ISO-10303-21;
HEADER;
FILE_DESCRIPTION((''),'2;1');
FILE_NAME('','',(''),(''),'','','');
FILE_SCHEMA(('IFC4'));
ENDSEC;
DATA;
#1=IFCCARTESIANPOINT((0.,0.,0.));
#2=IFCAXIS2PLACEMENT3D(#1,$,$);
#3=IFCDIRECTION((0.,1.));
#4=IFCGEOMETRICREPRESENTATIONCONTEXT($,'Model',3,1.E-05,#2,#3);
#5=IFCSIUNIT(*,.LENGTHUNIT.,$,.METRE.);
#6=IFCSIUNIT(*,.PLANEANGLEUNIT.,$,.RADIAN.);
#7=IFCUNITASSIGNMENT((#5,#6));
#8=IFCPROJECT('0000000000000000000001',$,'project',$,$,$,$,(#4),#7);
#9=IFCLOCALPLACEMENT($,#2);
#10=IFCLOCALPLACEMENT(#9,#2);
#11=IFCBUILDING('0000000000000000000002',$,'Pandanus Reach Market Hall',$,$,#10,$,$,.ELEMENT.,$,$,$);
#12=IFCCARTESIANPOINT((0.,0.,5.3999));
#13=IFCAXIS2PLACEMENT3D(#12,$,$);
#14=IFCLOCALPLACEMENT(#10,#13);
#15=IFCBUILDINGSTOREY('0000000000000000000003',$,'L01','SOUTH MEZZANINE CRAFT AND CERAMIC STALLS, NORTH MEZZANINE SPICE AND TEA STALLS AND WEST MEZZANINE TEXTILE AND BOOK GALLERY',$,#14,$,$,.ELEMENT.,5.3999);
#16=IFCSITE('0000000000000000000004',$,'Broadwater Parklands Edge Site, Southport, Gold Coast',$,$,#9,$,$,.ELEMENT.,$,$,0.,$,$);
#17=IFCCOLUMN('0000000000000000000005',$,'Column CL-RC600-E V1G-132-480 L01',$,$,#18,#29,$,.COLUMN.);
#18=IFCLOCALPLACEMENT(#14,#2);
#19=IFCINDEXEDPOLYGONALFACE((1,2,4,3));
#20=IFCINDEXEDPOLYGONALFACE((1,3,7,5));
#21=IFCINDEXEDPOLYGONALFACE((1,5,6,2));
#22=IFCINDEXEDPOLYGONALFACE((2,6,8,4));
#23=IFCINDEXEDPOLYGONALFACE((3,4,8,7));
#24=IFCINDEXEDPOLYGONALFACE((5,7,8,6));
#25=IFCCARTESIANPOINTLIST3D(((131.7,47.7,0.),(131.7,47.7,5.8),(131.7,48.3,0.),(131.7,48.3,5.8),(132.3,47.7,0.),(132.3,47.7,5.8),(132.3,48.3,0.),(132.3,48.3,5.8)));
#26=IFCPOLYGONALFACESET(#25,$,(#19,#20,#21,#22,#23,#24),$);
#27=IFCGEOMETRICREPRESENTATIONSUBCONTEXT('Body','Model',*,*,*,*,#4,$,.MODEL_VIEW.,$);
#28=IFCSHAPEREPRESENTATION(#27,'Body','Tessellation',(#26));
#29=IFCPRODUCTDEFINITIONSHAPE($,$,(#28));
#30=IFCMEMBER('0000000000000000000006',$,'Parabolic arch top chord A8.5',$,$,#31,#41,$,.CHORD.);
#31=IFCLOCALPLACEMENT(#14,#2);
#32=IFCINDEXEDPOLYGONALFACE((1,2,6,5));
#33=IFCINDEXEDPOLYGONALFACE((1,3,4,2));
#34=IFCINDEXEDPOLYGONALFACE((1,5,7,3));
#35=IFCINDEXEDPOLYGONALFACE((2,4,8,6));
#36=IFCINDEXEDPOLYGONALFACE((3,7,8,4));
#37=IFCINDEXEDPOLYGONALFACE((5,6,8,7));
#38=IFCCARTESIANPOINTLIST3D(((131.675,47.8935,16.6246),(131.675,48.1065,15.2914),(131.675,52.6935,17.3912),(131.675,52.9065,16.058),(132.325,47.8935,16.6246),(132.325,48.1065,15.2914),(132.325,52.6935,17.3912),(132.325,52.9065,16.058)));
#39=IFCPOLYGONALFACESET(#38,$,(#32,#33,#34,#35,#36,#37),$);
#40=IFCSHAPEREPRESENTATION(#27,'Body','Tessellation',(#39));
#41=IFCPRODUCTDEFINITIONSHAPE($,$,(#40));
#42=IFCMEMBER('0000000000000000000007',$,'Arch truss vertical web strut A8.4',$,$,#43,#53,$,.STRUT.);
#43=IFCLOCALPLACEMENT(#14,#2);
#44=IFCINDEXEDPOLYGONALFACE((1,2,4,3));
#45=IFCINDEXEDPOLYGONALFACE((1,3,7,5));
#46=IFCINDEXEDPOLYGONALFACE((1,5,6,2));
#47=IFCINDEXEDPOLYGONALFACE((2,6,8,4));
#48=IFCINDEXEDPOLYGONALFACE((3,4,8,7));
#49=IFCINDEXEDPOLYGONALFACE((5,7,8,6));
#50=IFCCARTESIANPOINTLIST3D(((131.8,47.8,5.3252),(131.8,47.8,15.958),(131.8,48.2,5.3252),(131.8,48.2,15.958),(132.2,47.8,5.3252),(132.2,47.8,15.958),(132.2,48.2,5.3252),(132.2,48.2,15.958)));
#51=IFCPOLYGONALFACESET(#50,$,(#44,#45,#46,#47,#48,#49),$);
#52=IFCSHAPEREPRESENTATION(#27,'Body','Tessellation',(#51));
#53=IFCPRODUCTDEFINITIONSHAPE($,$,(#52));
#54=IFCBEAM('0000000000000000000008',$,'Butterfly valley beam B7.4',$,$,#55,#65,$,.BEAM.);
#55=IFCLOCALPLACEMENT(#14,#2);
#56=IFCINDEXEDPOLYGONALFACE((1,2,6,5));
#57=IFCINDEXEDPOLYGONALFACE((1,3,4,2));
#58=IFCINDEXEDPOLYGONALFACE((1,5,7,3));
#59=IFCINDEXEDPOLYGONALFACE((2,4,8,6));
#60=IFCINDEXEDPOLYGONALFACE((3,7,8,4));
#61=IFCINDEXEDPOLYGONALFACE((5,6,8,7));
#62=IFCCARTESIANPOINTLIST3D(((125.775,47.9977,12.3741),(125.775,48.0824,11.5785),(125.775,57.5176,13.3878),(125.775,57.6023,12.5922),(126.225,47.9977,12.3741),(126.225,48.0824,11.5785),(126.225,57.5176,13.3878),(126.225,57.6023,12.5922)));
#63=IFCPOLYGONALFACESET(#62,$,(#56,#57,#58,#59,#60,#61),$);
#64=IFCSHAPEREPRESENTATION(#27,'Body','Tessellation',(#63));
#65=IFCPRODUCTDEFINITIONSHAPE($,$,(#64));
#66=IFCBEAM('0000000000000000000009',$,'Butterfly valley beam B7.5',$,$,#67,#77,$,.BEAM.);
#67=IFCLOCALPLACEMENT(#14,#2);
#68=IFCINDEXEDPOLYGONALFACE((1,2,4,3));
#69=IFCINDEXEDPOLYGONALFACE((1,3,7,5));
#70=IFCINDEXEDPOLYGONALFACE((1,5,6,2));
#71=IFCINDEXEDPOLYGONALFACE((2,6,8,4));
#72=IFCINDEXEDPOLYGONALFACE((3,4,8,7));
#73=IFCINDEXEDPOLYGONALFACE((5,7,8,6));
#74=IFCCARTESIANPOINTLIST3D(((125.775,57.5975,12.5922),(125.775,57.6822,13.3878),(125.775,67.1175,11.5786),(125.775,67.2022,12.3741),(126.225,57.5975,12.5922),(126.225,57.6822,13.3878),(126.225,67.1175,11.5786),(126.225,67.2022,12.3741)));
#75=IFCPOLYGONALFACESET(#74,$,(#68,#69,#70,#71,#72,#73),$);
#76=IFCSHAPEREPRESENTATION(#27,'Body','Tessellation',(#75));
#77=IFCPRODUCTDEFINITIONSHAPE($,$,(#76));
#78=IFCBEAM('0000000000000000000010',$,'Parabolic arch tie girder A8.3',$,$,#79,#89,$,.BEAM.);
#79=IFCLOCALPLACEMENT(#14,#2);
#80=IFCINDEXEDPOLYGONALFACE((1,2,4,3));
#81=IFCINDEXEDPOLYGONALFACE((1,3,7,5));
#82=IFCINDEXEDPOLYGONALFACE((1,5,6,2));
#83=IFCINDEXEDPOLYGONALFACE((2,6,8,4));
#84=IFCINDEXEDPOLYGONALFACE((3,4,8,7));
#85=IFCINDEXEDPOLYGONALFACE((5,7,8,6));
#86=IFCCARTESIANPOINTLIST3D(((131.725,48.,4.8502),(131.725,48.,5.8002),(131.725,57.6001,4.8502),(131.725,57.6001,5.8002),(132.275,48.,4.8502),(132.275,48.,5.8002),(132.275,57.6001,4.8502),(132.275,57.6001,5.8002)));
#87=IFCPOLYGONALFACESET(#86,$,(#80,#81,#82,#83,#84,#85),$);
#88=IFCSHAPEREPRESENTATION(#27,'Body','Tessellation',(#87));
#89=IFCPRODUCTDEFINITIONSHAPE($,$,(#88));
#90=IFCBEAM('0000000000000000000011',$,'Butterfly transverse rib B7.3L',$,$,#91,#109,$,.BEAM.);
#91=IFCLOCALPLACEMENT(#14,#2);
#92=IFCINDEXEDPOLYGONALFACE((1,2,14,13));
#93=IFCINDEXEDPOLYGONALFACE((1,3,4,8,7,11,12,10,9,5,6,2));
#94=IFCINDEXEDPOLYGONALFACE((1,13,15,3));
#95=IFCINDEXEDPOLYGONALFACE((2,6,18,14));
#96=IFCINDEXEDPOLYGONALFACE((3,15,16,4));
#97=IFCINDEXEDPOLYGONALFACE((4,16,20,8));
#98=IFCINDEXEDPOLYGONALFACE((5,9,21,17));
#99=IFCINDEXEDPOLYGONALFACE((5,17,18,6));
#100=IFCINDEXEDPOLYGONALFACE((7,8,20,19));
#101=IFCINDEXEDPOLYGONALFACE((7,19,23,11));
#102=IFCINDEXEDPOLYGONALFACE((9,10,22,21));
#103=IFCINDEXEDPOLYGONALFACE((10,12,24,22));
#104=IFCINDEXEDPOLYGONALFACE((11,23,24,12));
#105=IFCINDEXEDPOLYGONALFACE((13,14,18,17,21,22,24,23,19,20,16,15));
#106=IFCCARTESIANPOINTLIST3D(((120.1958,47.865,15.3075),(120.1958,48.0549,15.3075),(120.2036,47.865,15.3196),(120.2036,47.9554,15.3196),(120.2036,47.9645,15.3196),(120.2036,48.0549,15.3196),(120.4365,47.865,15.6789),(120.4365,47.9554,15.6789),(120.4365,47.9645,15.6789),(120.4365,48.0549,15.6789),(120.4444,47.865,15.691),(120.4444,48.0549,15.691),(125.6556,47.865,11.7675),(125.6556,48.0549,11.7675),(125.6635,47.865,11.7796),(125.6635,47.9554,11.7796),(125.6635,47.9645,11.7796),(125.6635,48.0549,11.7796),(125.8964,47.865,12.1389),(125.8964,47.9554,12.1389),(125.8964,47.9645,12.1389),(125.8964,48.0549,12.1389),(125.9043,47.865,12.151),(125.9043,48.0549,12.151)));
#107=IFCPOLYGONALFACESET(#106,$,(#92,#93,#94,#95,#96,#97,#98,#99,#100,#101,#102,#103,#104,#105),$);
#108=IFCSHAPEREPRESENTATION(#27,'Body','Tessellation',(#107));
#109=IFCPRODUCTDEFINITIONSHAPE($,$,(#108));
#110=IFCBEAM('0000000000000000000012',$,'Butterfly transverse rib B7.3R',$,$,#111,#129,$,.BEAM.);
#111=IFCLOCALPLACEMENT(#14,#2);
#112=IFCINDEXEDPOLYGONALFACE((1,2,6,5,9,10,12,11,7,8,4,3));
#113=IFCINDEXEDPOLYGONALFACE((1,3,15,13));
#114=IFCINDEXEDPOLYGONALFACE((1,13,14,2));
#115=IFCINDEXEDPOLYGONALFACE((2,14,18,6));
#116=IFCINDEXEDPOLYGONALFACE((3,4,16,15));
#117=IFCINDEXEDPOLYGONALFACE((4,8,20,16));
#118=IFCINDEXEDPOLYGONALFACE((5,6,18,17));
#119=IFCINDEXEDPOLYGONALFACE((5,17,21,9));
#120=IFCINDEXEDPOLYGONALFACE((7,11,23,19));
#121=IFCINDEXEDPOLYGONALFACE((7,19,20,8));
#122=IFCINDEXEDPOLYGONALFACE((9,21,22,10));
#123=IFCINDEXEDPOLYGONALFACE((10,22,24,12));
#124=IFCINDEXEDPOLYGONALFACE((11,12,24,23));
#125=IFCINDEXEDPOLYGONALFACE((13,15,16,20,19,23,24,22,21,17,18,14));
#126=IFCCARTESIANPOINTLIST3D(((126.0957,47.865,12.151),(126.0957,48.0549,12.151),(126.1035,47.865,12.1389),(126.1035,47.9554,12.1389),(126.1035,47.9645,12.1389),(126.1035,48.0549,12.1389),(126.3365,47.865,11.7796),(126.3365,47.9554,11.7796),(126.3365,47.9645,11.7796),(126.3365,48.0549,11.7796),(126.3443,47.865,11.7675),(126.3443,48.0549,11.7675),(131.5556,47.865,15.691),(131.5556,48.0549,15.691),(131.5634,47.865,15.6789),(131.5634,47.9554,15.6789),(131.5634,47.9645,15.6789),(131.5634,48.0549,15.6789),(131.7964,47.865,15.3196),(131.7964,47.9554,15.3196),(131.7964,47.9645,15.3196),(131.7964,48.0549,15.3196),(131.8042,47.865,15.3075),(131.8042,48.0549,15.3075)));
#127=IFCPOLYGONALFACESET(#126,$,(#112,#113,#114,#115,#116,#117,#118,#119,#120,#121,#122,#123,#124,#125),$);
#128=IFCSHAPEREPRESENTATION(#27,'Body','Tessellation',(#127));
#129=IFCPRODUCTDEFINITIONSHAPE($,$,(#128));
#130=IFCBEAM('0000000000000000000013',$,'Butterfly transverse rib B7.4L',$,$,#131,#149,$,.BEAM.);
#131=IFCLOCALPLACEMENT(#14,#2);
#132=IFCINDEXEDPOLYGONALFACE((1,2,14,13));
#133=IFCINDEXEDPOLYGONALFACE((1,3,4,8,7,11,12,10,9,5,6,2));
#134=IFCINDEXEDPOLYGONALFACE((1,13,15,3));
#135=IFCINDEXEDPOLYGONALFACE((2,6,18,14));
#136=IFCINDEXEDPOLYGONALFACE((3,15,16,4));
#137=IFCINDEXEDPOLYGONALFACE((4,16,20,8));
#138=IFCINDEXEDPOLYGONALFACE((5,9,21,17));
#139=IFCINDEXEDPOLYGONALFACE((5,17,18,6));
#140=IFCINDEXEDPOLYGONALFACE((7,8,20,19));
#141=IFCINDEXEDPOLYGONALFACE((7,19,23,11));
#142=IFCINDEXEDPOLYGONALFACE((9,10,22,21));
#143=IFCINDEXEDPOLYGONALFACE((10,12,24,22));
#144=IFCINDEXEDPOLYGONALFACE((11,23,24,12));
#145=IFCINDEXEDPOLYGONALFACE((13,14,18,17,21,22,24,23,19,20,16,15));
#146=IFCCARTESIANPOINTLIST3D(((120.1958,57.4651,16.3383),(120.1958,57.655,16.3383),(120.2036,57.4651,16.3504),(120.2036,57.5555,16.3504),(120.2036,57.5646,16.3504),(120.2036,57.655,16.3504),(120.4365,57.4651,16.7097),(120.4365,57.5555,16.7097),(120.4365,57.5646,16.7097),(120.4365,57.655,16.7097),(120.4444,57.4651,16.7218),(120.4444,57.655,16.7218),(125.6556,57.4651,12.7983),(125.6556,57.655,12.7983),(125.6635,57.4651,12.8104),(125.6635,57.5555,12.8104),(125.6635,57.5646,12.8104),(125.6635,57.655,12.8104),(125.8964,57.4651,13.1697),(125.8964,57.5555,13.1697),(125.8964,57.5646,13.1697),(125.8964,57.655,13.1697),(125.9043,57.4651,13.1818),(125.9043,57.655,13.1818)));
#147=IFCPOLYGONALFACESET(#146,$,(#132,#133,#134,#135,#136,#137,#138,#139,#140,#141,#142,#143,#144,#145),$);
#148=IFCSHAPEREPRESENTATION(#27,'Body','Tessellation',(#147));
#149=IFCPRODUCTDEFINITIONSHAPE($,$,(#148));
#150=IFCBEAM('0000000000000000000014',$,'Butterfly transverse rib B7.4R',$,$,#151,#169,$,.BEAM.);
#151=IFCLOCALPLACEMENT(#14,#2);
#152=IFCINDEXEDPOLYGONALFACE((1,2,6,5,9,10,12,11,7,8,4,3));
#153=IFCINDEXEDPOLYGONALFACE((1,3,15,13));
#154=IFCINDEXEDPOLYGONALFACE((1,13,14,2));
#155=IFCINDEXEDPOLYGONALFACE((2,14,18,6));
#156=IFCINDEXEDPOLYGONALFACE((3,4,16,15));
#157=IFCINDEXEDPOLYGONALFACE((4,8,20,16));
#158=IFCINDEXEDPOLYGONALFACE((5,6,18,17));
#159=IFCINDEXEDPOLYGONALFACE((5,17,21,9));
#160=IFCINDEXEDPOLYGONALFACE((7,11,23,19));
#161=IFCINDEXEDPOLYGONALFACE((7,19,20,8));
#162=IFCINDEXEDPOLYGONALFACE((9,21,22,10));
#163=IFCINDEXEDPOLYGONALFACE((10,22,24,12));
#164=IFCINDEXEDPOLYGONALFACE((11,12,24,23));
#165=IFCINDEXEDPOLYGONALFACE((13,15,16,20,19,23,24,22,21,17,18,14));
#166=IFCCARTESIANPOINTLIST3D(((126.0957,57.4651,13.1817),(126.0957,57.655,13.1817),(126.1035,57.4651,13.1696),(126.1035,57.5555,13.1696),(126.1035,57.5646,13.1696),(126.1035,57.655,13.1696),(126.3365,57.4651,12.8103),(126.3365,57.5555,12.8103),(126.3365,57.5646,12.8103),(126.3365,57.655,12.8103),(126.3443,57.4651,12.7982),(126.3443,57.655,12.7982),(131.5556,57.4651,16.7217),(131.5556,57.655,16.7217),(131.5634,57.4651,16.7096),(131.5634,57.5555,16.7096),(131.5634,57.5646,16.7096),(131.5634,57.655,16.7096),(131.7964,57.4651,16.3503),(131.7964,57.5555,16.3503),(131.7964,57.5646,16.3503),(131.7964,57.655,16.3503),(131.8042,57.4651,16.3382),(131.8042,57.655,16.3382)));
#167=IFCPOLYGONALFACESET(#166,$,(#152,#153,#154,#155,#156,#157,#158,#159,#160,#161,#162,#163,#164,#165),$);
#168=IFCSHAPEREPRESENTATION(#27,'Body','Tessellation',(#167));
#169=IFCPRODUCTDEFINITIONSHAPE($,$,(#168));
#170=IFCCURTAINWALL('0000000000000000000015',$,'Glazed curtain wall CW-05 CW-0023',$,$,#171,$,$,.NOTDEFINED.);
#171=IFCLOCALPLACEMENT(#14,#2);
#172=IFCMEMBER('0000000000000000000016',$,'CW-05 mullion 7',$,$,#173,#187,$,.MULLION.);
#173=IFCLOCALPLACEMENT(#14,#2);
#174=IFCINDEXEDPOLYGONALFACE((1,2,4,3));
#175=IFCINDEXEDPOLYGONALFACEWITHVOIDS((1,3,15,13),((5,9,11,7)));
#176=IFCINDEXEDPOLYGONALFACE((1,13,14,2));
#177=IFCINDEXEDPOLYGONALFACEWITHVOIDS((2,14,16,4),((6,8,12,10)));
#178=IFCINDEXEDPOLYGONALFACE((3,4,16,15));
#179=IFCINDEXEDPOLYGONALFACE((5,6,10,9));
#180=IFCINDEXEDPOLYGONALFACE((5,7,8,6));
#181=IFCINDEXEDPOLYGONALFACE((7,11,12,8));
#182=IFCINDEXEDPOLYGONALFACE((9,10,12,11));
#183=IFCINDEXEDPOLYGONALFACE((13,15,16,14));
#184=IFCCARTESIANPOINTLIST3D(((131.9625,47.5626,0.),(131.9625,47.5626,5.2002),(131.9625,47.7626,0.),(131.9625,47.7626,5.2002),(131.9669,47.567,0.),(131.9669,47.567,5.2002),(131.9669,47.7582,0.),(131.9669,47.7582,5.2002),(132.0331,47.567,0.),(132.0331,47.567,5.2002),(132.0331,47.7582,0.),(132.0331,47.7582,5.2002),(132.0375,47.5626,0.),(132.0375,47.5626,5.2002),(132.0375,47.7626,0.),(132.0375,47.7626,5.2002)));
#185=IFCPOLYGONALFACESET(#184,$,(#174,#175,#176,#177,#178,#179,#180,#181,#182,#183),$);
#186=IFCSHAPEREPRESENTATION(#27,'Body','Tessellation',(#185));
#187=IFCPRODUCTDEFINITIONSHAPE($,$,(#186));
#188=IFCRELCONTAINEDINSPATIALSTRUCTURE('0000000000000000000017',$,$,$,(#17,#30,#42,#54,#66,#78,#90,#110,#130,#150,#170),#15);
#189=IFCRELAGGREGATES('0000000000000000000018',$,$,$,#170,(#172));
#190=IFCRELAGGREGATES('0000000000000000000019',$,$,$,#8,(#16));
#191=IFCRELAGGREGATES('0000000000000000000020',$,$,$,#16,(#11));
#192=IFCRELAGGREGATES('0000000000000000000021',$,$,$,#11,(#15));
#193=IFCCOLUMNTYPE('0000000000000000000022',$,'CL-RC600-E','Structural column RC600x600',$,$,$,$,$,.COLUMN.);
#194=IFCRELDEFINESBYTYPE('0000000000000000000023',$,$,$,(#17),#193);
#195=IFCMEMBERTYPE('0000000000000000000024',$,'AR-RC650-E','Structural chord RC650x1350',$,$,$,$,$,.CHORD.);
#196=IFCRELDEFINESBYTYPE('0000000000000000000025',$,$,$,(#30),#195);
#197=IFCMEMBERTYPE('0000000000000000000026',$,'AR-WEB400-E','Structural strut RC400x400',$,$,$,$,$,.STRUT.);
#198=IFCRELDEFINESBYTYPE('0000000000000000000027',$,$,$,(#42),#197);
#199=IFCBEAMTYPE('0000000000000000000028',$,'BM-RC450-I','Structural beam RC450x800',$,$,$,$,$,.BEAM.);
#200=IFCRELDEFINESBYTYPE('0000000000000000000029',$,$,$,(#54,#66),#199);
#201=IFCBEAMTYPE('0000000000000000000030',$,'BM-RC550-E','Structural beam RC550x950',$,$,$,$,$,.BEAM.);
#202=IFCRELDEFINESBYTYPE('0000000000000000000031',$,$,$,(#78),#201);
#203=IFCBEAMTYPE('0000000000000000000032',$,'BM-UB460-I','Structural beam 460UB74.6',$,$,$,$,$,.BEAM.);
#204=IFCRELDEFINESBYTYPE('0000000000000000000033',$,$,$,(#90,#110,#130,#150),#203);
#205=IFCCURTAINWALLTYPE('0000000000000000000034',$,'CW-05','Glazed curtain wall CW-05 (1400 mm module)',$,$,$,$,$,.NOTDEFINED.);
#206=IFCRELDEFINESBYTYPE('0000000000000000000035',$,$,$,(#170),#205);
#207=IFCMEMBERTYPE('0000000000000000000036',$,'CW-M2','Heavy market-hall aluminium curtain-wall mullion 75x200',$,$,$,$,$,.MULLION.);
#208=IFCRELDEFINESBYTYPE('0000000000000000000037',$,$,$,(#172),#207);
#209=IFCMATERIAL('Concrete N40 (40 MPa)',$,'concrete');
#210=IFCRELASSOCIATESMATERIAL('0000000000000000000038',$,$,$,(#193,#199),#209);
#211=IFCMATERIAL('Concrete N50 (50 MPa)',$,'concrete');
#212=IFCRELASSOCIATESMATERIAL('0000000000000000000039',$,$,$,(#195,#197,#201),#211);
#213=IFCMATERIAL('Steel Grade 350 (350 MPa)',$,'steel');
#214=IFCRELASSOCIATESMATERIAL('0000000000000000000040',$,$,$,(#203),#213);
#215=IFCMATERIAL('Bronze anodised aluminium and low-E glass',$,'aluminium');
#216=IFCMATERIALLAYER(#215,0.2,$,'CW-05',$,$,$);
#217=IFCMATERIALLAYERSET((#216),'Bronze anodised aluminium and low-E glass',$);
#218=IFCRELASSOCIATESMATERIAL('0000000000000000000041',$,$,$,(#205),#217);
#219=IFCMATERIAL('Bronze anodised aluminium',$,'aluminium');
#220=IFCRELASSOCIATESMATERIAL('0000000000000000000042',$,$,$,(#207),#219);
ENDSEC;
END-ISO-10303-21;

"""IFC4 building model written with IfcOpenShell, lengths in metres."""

from ifc_helpers import new_model, si_unit, direction, frame, origin, origin_2d, place, context, subcontext, project, spatial, rectangle, hollow_rectangle, i_section, extrude, material, layer, layer_set, material_profile, profile_set, type_object, element, aggregate, save


model = new_model("IFC4")

# Units and contexts
model_context = context("Model", 3, precision=1e-05, world=origin(), true_north=direction((0.0, 1.0)))
body_context = subcontext(model_context, "Body", "Model", "MODEL_VIEW")
ifc_project = project(units=[si_unit("LENGTHUNIT", "METRE"), si_unit("PLANEANGLEUNIT", "RADIAN")], contexts=[model_context])

# Site, building, storey
site_placement = place(None, origin())
site = spatial("IfcSite", under=ifc_project, at=site_placement, Name="Broadwater Parklands Edge Site, Southport, Gold Coast", CompositionType="ELEMENT", RefElevation=0.0)
building_placement = place(site_placement, origin())
building = spatial("IfcBuilding", under=site, at=building_placement, Name="Pandanus Reach Market Hall", CompositionType="ELEMENT")
storey_placement = place(building_placement, frame((0.0, 0.0, 5.3999)))
storey = spatial("IfcBuildingStorey", under=building, at=storey_placement, Name="L01", Description="SOUTH MEZZANINE CRAFT AND CERAMIC STALLS, NORTH MEZZANINE SPICE AND TEA STALLS AND WEST MEZZANINE TEXTILE AND BOOK GALLERY", CompositionType="ELEMENT", Elevation=5.3999)

# Column
ifc_material_1 = material(Name="Concrete N40 (40 MPa)", Category="concrete")
ifc_material_profile_1 = material_profile(ifc_material_1, rectangle(XDim=0.6001, YDim=0.6001, at=origin_2d()), Name="RC600x600", Category="LoadBearing")
ifc_profile_set_1 = profile_set([ifc_material_profile_1], Name="Concrete N40 (40 MPa)")
column_type = type_object("IfcColumnType", Name="CL-RC600-E", Description="Structural column RC600x600", PredefinedType="COLUMN", material=ifc_profile_set_1)
column_placement = place(storey_placement, frame((132.0, 48.0, 0.0), z_axis=(0.0, 0.0, 1.0), x_axis=(1.0, 0.0, 0.0)))
element("IfcColumn", 1, at=column_placement, inside=storey, type_object=column_type, Name="Column CL-RC600-E V1G-132-480 L01", PredefinedType="COLUMN", context=body_context, shape_type="SweptSolid", body=[
    extrude(rectangle(XDim=0.6001, YDim=0.6001, at=origin_2d()), origin(), (0.0, 0.0, 1.0), 5.8),
])

# Members
ifc_material_2 = material(Name="Concrete N50 (50 MPa)", Category="concrete")
ifc_material_profile_2 = material_profile(ifc_material_2, rectangle(XDim=0.6499, YDim=1.3501, at=origin_2d()), Name="RC650x1350", Category="LoadBearing")
ifc_profile_set_2 = profile_set([ifc_material_profile_2], Name="Concrete N50 (50 MPa)")
member_type_1 = type_object("IfcMemberType", Name="AR-RC650-E", Description="Structural chord RC650x1350", PredefinedType="CHORD", material=ifc_profile_set_2)
member_1_placement = place(storey_placement, frame((132.0, 48.0, 15.958), z_axis=(0.0, 0.987486, 0.157708), x_axis=(-1.0, 0.0, 0.0)))
element("IfcMember", 2, at=member_1_placement, inside=storey, type_object=member_type_1, Name="Parabolic arch top chord A8.5", PredefinedType="CHORD", context=body_context, shape_type="SweptSolid", body=[
    extrude(rectangle(XDim=0.6499, YDim=1.3501, at=origin_2d()), origin(), (0.0, 0.0, 1.0), 4.8608),
])
ifc_material_profile_3 = material_profile(ifc_material_2, rectangle(XDim=0.3999, YDim=0.3999, at=origin_2d()), Name="RC400x400", Category="LoadBearing")
ifc_profile_set_3 = profile_set([ifc_material_profile_3], Name="Concrete N50 (50 MPa)")
member_type_2 = type_object("IfcMemberType", Name="AR-WEB400-E", Description="Structural strut RC400x400", PredefinedType="STRUT", material=ifc_profile_set_3)
member_2_placement = place(storey_placement, frame((132.0, 48.0, 5.3252), z_axis=(0.0, 0.0, 1.0), x_axis=(1.0, 0.0, 0.0)))
element("IfcMember", 3, at=member_2_placement, inside=storey, type_object=member_type_2, Name="Arch truss vertical web strut A8.4", PredefinedType="STRUT", context=body_context, shape_type="SweptSolid", body=[
    extrude(rectangle(XDim=0.3999, YDim=0.3999, at=origin_2d()), origin(), (0.0, 0.0, 1.0), 10.6328),
])

# Beams
ifc_material_profile_4 = material_profile(ifc_material_1, rectangle(XDim=0.45, YDim=0.8, at=origin_2d()), Name="RC450x800", Category="LoadBearing")
ifc_profile_set_4 = profile_set([ifc_material_profile_4], Name="Concrete N40 (40 MPa)")
beam_type_1 = type_object("IfcBeamType", Name="BM-RC450-I", Description="Structural beam RC450x800", PredefinedType="BEAM", material=ifc_profile_set_4)
for number, where, z_axis, x_axis, name in (
    (4, (126.0, 48.04, 11.9763), (0.0, 0.994379, 0.105879), (-1.0, 0.0, 0.0), "Butterfly valley beam B7.4"),
    (5, (126.0, 57.6399, 12.99), (0.0, 0.994379, -0.105879), (-1.0, 0.0, 0.0), "Butterfly valley beam B7.5"),
):
    element("IfcBeam", number, at=place(storey_placement, frame(where, z_axis=z_axis, x_axis=x_axis)), inside=storey, type_object=beam_type_1, Name=name, PredefinedType="BEAM", context=body_context, shape_type="SweptSolid", body=[
        extrude(rectangle(XDim=0.45, YDim=0.8, at=origin_2d()), origin(), (0.0, 0.0, 1.0), 9.5737),
    ])
ifc_material_profile_5 = material_profile(ifc_material_2, rectangle(XDim=0.55, YDim=0.95, at=origin_2d()), Name="RC550x950", Category="LoadBearing")
ifc_profile_set_5 = profile_set([ifc_material_profile_5], Name="Concrete N50 (50 MPa)")
beam_type_2 = type_object("IfcBeamType", Name="BM-RC550-E", Description="Structural beam RC550x950", PredefinedType="BEAM", material=ifc_profile_set_5)
beam_placement = place(storey_placement, frame((132.0, 48.0, 5.3252), z_axis=(0.0, 1.0, 0.0), x_axis=(-1.0, 0.0, 0.0)))
element("IfcBeam", 6, at=beam_placement, inside=storey, type_object=beam_type_2, Name="Parabolic arch tie girder A8.3", PredefinedType="BEAM", context=body_context, shape_type="SweptSolid", body=[
    extrude(rectangle(XDim=0.55, YDim=0.95, at=origin_2d()), origin(), (0.0, 0.0, 1.0), 9.6001),
])
ifc_material_3 = material(Name="Steel Grade 350 (350 MPa)", Category="steel")
ifc_material_profile_6 = material_profile(ifc_material_3, i_section(OverallWidth=0.1899, OverallDepth=0.457, WebThickness=0.009, FlangeThickness=0.0144, at=origin_2d()), Name="460UB74.6", Category="LoadBearing")
ifc_profile_set_6 = profile_set([ifc_material_profile_6], Name="Steel Grade 350 (350 MPa)")
beam_type_3 = type_object("IfcBeamType", Name="BM-UB460-I", Description="Structural beam 460UB74.6", PredefinedType="BEAM", material=ifc_profile_set_6)
for number, where, z_axis, x_axis, name in (
    (7, (120.3201, 47.96, 15.4993), (0.839071, 0.0, -0.544023), (0.0, 1.0, 0.0), "Butterfly transverse rib B7.3L"),
    (8, (126.22, 47.96, 11.9592), (0.839071, 0.0, 0.544023), (0.0, 1.0, 0.0), "Butterfly transverse rib B7.3R"),
    (9, (120.3201, 57.5601, 16.53), (0.839071, 0.0, -0.544023), (0.0, 1.0, 0.0), "Butterfly transverse rib B7.4L"),
    (10, (126.22, 57.5601, 12.99), (0.839071, 0.0, 0.544023), (0.0, 1.0, 0.0), "Butterfly transverse rib B7.4R"),
):
    element("IfcBeam", number, at=place(storey_placement, frame(where, z_axis=z_axis, x_axis=x_axis)), inside=storey, type_object=beam_type_3, Name=name, PredefinedType="BEAM", context=body_context, shape_type="SweptSolid", body=[
        extrude(i_section(OverallWidth=0.1899, OverallDepth=0.457, WebThickness=0.009, FlangeThickness=0.0144, at=origin_2d()), origin(), (0.0, 0.0, 1.0), 6.5071),
    ])

# Curtain wall, member
ifc_material_4 = material(Name="Bronze anodised aluminium and low-E glass", Category="aluminium")
ifc_layer_1 = layer(ifc_material_4, 0.2, Name="CW-05")
ifc_layer_set_1 = layer_set([ifc_layer_1], Name="Bronze anodised aluminium and low-E glass")
curtain_wall_type = type_object("IfcCurtainWallType", Name="CW-05", Description="Glazed curtain wall CW-05 (1400 mm module)", PredefinedType="NOTDEFINED", material=ifc_layer_set_1)
curtain_wall_1_placement = place(storey_placement, origin())
curtain_wall_1 = element("IfcCurtainWall", 11, at=curtain_wall_1_placement, inside=storey, type_object=curtain_wall_type, Name="Glazed curtain wall CW-05 CW-0023", PredefinedType="NOTDEFINED")
ifc_material_5 = material(Name="Bronze anodised aluminium", Category="aluminium")
ifc_material_profile_7 = material_profile(ifc_material_5, hollow_rectangle(XDim=0.075, YDim=0.2, WallThickness=0.0044, at=origin_2d()), Name="ALU75x200", Category="LoadBearing")
ifc_profile_set_7 = profile_set([ifc_material_profile_7], Name="Bronze anodised aluminium")
member_type_3 = type_object("IfcMemberType", Name="CW-M2", Description="Heavy market-hall aluminium curtain-wall mullion 75x200", PredefinedType="MULLION", material=ifc_profile_set_7)
member_3_placement = place(storey_placement, frame((132.0, 47.6626, 0.0), z_axis=(0.0, 0.0, 1.0), x_axis=(-1.0, 0.0, 0.0)))
member_3 = element("IfcMember", 12, at=member_3_placement, type_object=member_type_3, Name="CW-05 mullion 7", PredefinedType="MULLION", context=body_context, shape_type="SweptSolid", body=[
    extrude(hollow_rectangle(XDim=0.075, YDim=0.2, WallThickness=0.0044, at=origin_2d()), origin(), (0.0, 0.0, 1.0), 5.2002),
])
aggregate(curtain_wall_1, [member_3])

save(model, "model.ifc")
